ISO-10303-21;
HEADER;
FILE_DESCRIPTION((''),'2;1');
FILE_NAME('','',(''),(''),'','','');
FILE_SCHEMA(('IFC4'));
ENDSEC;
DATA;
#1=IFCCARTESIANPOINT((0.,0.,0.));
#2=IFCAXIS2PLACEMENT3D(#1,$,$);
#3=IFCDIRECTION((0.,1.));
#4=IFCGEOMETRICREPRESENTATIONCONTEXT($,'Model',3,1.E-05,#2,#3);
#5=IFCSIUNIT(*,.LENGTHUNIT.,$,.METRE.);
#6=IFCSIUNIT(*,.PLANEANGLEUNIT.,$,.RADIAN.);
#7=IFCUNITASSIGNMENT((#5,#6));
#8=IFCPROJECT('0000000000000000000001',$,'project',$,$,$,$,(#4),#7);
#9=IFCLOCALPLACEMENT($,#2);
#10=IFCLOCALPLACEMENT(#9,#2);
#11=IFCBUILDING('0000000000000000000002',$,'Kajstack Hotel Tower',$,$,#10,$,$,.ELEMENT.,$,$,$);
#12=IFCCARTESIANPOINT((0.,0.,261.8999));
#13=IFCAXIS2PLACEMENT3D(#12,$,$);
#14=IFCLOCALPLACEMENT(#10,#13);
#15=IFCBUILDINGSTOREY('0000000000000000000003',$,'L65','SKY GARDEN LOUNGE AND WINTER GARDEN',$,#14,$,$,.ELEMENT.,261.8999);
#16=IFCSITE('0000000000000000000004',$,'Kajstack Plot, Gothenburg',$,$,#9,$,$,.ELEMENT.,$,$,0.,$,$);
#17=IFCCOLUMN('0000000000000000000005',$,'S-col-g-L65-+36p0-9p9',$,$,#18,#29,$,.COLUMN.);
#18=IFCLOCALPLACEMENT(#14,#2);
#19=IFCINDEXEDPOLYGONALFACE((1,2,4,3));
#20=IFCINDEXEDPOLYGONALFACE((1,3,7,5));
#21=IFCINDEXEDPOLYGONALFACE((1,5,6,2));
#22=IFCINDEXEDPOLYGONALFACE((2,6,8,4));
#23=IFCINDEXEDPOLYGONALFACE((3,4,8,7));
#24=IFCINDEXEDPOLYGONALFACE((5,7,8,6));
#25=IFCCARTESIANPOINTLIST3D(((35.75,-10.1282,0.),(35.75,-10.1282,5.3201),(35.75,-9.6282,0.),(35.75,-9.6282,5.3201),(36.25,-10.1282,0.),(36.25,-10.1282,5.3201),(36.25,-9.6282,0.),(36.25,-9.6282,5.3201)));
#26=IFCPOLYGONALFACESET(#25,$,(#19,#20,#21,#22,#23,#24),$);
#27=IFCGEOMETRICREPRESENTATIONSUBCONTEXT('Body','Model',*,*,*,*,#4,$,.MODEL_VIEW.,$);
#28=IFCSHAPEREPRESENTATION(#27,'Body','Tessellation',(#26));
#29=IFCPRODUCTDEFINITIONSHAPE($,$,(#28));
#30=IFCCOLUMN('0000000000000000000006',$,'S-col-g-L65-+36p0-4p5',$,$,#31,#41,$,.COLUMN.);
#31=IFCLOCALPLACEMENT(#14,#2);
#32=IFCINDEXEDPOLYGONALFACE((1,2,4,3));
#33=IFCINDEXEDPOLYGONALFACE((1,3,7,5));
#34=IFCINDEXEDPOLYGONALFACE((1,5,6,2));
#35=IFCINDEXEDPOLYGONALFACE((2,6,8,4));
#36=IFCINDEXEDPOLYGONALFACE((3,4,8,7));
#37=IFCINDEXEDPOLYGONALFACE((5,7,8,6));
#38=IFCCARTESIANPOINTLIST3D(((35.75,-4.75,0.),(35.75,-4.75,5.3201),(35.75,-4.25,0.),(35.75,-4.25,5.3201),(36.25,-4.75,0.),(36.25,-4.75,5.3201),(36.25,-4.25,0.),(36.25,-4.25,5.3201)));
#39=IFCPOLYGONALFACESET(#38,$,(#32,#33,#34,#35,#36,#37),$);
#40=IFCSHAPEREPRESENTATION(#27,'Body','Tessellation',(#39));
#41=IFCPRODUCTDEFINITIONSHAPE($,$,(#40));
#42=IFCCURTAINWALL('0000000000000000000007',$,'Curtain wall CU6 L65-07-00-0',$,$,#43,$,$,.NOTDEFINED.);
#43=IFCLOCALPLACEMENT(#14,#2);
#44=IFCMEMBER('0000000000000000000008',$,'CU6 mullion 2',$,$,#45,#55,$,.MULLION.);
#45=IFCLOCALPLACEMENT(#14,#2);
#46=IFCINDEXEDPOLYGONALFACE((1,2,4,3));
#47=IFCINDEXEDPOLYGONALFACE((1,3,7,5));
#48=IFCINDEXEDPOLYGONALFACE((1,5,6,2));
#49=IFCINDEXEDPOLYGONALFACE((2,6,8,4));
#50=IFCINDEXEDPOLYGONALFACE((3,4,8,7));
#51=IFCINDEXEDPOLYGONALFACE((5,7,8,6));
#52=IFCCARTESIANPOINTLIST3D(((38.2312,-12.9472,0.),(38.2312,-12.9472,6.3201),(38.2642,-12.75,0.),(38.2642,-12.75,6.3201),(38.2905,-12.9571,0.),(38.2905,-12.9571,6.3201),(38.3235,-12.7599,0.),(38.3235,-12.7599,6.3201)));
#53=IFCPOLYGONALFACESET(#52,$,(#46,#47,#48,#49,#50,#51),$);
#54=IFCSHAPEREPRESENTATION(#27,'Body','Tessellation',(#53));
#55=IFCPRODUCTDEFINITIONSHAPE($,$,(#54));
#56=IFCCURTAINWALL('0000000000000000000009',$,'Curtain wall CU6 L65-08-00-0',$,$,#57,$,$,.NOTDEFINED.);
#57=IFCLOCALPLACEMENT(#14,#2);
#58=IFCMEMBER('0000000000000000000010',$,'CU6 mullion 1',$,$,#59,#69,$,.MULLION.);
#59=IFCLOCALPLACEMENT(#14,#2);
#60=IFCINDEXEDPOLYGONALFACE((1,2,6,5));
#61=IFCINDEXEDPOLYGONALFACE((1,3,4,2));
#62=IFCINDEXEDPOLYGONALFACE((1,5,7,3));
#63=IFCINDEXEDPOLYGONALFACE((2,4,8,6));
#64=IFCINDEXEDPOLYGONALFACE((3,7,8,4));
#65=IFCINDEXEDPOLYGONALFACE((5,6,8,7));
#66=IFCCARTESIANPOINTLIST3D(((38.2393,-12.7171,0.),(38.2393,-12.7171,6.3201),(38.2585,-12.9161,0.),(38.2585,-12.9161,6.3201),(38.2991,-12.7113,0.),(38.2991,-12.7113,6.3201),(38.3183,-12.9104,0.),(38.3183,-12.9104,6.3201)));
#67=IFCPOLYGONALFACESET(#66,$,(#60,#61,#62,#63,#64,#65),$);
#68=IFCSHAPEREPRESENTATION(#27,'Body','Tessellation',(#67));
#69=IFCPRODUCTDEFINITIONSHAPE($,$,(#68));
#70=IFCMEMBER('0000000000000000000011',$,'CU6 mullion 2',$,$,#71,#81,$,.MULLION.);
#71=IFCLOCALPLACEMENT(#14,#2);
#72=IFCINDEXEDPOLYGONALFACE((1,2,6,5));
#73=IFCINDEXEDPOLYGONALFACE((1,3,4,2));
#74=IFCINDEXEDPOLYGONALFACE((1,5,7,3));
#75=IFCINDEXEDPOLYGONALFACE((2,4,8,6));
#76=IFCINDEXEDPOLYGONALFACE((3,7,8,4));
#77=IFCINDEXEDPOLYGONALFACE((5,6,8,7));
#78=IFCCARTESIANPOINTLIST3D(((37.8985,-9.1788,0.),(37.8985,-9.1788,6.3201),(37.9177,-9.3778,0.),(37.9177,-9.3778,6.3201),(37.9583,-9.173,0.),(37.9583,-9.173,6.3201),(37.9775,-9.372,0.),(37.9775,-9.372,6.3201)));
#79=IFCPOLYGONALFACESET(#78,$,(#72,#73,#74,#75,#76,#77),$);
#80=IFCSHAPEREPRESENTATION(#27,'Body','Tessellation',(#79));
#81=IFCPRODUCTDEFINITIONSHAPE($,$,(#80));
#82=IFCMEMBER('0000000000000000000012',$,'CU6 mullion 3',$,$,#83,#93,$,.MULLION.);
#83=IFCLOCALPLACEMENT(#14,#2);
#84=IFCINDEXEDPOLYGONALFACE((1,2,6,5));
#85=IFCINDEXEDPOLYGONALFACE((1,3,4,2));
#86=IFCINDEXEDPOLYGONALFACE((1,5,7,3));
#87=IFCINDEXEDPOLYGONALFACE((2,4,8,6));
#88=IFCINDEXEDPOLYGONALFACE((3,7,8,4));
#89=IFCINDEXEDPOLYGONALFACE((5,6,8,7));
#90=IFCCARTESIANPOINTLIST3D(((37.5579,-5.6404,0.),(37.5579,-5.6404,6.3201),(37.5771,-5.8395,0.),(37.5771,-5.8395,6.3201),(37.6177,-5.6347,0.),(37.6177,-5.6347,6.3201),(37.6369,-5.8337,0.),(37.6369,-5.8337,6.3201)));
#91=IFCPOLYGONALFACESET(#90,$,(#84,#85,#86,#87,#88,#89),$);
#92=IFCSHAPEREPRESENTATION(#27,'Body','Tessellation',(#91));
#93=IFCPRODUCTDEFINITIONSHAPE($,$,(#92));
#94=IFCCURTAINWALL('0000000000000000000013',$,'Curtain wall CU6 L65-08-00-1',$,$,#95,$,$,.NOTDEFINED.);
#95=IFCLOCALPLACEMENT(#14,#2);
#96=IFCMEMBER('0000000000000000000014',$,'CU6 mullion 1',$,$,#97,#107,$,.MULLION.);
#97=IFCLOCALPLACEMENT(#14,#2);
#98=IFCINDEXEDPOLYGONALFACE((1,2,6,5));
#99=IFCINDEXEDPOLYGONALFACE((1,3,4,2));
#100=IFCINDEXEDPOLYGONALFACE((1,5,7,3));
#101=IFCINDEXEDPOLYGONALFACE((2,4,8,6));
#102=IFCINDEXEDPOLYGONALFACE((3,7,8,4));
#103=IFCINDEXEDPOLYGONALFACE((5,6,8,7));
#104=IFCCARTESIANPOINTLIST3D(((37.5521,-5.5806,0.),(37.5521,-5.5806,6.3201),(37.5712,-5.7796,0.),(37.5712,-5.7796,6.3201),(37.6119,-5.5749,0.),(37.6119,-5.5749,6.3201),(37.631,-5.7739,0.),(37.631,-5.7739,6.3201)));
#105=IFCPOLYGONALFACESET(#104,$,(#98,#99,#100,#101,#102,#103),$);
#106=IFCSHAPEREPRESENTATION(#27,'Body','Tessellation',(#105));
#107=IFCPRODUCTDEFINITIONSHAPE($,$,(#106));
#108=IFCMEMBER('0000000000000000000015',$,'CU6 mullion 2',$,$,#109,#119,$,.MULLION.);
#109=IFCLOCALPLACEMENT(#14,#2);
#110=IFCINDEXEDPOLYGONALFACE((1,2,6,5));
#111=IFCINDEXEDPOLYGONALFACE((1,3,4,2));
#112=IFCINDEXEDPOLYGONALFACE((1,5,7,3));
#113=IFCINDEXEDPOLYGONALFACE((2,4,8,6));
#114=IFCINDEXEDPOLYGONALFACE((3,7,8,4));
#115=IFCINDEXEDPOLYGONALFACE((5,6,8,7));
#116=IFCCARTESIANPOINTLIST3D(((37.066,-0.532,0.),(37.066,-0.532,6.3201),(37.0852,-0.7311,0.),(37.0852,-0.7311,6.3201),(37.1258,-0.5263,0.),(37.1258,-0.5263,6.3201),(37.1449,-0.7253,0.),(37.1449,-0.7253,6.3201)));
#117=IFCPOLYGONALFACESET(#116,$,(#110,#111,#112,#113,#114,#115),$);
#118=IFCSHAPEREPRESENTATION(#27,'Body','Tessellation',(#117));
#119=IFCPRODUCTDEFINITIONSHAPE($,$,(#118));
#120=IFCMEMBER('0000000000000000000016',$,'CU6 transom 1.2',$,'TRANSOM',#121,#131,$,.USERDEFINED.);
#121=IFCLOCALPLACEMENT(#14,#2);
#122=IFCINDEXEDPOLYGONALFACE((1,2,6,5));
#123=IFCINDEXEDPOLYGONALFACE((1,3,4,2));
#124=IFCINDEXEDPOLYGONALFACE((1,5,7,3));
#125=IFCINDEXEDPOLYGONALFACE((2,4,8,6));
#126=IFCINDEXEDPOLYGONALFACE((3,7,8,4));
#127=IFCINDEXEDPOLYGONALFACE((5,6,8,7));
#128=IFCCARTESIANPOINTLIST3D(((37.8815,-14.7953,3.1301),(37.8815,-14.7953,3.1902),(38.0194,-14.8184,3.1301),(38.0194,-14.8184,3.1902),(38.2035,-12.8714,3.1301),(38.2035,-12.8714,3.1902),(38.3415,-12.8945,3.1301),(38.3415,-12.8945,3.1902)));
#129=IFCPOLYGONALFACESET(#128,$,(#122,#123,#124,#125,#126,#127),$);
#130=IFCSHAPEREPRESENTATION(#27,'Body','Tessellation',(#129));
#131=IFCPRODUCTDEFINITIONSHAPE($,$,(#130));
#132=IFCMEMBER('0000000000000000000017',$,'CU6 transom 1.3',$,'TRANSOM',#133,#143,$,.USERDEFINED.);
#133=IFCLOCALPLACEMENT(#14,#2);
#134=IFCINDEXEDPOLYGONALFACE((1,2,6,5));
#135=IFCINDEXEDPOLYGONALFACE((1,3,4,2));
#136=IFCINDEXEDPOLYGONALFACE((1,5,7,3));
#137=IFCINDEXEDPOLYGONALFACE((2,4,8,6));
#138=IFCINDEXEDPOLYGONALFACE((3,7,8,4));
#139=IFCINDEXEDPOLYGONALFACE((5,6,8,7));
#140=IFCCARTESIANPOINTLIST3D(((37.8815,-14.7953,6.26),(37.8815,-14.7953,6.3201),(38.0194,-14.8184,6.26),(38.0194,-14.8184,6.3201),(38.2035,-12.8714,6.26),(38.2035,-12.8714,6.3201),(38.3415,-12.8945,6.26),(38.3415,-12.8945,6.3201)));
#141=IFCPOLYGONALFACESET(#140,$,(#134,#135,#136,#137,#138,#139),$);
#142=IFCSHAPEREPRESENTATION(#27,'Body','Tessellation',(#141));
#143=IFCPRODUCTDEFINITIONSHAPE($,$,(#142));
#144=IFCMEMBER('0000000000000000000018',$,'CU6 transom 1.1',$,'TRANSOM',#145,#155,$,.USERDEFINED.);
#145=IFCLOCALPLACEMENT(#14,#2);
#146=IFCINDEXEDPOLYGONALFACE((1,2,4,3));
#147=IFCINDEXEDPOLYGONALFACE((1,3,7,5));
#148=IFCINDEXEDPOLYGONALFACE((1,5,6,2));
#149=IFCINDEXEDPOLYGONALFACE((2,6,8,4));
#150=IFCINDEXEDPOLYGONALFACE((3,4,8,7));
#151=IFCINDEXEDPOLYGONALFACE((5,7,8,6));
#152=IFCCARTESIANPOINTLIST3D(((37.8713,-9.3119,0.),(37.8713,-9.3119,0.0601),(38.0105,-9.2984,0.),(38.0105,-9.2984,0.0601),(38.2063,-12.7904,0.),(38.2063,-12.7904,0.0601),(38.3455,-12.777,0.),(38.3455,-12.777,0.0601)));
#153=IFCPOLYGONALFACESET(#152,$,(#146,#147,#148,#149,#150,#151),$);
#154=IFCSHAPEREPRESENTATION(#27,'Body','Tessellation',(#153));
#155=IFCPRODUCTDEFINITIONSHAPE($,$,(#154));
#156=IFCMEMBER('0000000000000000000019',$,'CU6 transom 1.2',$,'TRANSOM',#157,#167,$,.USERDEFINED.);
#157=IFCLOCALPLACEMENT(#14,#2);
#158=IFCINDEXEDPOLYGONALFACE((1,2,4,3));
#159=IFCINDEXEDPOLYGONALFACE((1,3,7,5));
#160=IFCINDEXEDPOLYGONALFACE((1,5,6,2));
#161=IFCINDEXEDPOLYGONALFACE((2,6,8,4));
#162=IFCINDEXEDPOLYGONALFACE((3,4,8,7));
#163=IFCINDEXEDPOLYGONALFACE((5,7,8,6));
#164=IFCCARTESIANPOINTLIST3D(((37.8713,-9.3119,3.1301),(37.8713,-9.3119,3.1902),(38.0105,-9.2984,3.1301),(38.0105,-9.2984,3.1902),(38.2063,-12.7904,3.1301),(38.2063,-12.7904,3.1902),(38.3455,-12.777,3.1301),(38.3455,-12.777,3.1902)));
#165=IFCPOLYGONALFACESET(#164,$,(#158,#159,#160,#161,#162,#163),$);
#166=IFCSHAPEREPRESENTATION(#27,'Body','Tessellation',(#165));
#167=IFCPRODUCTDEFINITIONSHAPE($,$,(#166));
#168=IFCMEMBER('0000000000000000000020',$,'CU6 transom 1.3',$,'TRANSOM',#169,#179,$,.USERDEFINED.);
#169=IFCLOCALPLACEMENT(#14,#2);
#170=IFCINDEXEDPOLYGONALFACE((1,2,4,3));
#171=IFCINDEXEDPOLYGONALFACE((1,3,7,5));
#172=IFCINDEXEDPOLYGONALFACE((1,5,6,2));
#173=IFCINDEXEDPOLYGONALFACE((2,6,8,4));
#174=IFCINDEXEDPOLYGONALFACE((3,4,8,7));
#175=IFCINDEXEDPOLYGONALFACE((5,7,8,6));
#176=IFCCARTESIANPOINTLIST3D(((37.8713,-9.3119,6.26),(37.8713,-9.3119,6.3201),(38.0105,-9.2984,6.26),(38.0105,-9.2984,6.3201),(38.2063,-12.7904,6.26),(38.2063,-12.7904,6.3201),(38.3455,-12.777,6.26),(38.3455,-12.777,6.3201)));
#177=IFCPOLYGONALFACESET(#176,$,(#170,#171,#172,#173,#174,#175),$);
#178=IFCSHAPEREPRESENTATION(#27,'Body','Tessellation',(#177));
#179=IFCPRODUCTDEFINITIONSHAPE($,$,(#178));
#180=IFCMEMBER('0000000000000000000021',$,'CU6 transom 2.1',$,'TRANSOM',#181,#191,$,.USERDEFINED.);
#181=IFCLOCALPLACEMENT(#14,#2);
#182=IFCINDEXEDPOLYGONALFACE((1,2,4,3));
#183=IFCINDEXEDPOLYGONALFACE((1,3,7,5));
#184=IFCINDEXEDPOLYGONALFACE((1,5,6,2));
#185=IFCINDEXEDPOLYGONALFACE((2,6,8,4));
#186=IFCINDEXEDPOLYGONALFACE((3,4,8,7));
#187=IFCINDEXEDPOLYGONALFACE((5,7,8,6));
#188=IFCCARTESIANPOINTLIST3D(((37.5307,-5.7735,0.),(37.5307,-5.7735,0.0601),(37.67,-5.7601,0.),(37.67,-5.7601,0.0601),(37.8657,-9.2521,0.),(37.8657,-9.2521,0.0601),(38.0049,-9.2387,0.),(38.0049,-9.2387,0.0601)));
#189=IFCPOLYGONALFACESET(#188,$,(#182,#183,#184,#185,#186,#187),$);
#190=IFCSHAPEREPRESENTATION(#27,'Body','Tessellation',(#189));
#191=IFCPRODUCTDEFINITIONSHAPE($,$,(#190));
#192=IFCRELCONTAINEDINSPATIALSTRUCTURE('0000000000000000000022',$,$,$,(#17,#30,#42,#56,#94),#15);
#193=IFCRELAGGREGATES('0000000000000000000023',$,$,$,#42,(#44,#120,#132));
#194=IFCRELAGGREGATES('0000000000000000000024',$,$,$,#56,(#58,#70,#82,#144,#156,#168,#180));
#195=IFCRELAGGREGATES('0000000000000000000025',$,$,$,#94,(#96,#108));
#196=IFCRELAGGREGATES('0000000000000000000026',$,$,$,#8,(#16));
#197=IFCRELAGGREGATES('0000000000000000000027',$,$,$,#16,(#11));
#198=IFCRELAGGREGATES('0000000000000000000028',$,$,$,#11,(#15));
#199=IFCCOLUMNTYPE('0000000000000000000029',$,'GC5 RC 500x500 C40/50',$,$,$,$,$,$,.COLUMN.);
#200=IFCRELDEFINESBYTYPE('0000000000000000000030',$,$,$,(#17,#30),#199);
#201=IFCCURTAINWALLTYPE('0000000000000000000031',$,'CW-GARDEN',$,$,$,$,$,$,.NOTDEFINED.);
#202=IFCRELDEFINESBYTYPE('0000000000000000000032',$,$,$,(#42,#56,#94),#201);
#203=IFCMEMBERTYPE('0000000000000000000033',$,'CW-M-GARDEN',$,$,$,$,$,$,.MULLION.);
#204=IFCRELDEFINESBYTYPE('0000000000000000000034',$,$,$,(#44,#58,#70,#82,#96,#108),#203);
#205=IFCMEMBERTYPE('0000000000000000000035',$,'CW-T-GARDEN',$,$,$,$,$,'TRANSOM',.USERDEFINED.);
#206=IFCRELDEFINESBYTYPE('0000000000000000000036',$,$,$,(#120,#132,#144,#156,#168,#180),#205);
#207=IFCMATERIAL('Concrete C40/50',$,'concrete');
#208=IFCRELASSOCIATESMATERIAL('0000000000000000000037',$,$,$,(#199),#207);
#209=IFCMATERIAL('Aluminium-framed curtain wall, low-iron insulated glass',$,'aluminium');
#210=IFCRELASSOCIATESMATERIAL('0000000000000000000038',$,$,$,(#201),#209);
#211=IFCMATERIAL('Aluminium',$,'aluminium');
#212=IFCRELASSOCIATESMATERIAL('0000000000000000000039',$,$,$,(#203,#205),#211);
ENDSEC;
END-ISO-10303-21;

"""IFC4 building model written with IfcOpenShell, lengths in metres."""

from ifc_helpers import new_model, si_unit, direction, frame, origin, origin_2d, place, context, subcontext, project, spatial, rectangle, extrude, material, material_profile, profile_set, type_object, element, aggregate, save


model = new_model("IFC4")

# Units and contexts
model_context = context("Model", 3, precision=1e-05, world=origin(), true_north=direction((0.0, 1.0)))
body_context = subcontext(model_context, "Body", "Model", "MODEL_VIEW")
ifc_project = project(units=[si_unit("LENGTHUNIT", "METRE"), si_unit("PLANEANGLEUNIT", "RADIAN")], contexts=[model_context])

# Site, building, storey
site_placement = place(None, origin())
site = spatial("IfcSite", under=ifc_project, at=site_placement, Name="Kajstack Plot, Gothenburg", CompositionType="ELEMENT", RefElevation=0.0)
building_placement = place(site_placement, origin())
building = spatial("IfcBuilding", under=site, at=building_placement, Name="Kajstack Hotel Tower", CompositionType="ELEMENT")
storey_placement = place(building_placement, frame((0.0, 0.0, 261.8999)))
storey = spatial("IfcBuildingStorey", under=building, at=storey_placement, Name="L65", Description="SKY GARDEN LOUNGE AND WINTER GARDEN", CompositionType="ELEMENT", Elevation=261.8999)

# Columns
ifc_material_1 = material(Name="Concrete C40/50", Category="concrete")
ifc_material_profile_1 = material_profile(ifc_material_1, rectangle(XDim=0.5, YDim=0.5, at=origin_2d()), Name="RC 500x500")
ifc_profile_set_1 = profile_set([ifc_material_profile_1], Name="Concrete C40/50")
column_type = type_object("IfcColumnType", Name="GC5 RC 500x500 C40/50", PredefinedType="COLUMN", material=ifc_profile_set_1)
for number, where, z_axis, x_axis, name in (
    (1, (36.0, -9.8782, 0.0), (0.0, 0.0, 1.0), (1.0, 0.0, 0.0), "S-col-g-L65-+36p0-9p9"),
    (2, (36.0, -4.5, 0.0), (0.0, 0.0, 1.0), (1.0, 0.0, 0.0), "S-col-g-L65-+36p0-4p5"),
):
    element("IfcColumn", number, at=place(storey_placement, frame(where, z_axis=z_axis, x_axis=x_axis)), inside=storey, type_object=column_type, Name=name, PredefinedType="COLUMN", context=body_context, shape_type="SweptSolid", body=[
        extrude(rectangle(XDim=0.5, YDim=0.5, at=origin_2d()), origin(), (0.0, 0.0, 1.0), 5.3201),
    ])

# Curtain wall, member
ifc_material_2 = material(Name="Aluminium-framed curtain wall, low-iron insulated glass", Category="aluminium")
curtain_wall_type = type_object("IfcCurtainWallType", Name="CW-GARDEN", PredefinedType="NOTDEFINED", material=ifc_material_2)
curtain_wall_1_placement = place(storey_placement, origin())
curtain_wall_1 = element("IfcCurtainWall", 3, at=curtain_wall_1_placement, inside=storey, type_object=curtain_wall_type, Name="Curtain wall CU6 L65-07-00-0", PredefinedType="NOTDEFINED")
ifc_material_3 = material(Name="Aluminium", Category="aluminium")
ifc_material_profile_2 = material_profile(ifc_material_3, rectangle(XDim=0.0601, YDim=0.2, at=origin_2d()), Name="Aluminium mullion 60 x 200")
ifc_profile_set_2 = profile_set([ifc_material_profile_2], Name="Aluminium")
member_type_1 = type_object("IfcMemberType", Name="CW-M-GARDEN", PredefinedType="MULLION", material=ifc_profile_set_2)
member_1_placement = place(storey_placement, frame((38.2773, -12.8535, 0.0), z_axis=(0.0, 0.0, 1.0), x_axis=(-0.98628, 0.16508, 0.0)))
member_1 = element("IfcMember", 4, at=member_1_placement, type_object=member_type_1, Name="CU6 mullion 2", PredefinedType="MULLION", context=body_context, shape_type="SweptSolid", body=[
    extrude(rectangle(XDim=0.0601, YDim=0.2, at=origin_2d()), origin(), (0.0, 0.0, 1.0), 6.3201),
])

# Curtain walls, members
curtain_wall_2_placement = place(storey_placement, origin())
curtain_wall_2 = element("IfcCurtainWall", 5, at=curtain_wall_2_placement, inside=storey, type_object=curtain_wall_type, Name="Curtain wall CU6 L65-08-00-0", PredefinedType="NOTDEFINED")
member_2_placement = place(storey_placement, frame((38.2788, -12.8137, 0.0), z_axis=(0.0, 0.0, 1.0), x_axis=(-0.995396, -0.095847, 0.0)))
member_2 = element("IfcMember", 6, at=member_2_placement, type_object=member_type_1, Name="CU6 mullion 1", PredefinedType="MULLION", context=body_context, shape_type="SweptSolid", body=[
    extrude(rectangle(XDim=0.0601, YDim=0.2, at=origin_2d()), origin(), (0.0, 0.0, 1.0), 6.3201),
])
member_3_placement = place(storey_placement, frame((37.938, -9.2754, 0.0), z_axis=(0.0, 0.0, 1.0), x_axis=(-0.995396, -0.095847, 0.0)))
member_3 = element("IfcMember", 7, at=member_3_placement, type_object=member_type_1, Name="CU6 mullion 2", PredefinedType="MULLION", context=body_context, shape_type="SweptSolid", body=[
    extrude(rectangle(XDim=0.0601, YDim=0.2, at=origin_2d()), origin(), (0.0, 0.0, 1.0), 6.3201),
])
member_4_placement = place(storey_placement, frame((37.5974, -5.7371, 0.0), z_axis=(0.0, 0.0, 1.0), x_axis=(-0.995396, -0.095847, 0.0)))
member_4 = element("IfcMember", 8, at=member_4_placement, type_object=member_type_1, Name="CU6 mullion 3", PredefinedType="MULLION", context=body_context, shape_type="SweptSolid", body=[
    extrude(rectangle(XDim=0.0601, YDim=0.2, at=origin_2d()), origin(), (0.0, 0.0, 1.0), 6.3201),
])
curtain_wall_3_placement = place(storey_placement, origin())
curtain_wall_3 = element("IfcCurtainWall", 9, at=curtain_wall_3_placement, inside=storey, type_object=curtain_wall_type, Name="Curtain wall CU6 L65-08-00-1", PredefinedType="NOTDEFINED")
member_5_placement = place(storey_placement, frame((37.5916, -5.6772, 0.0), z_axis=(0.0, 0.0, 1.0), x_axis=(-0.995396, -0.095847, 0.0)))
member_5 = element("IfcMember", 10, at=member_5_placement, type_object=member_type_1, Name="CU6 mullion 1", PredefinedType="MULLION", context=body_context, shape_type="SweptSolid", body=[
    extrude(rectangle(XDim=0.0601, YDim=0.2, at=origin_2d()), origin(), (0.0, 0.0, 1.0), 6.3201),
])
member_6_placement = place(storey_placement, frame((37.1055, -0.6287, 0.0), z_axis=(0.0, 0.0, 1.0), x_axis=(-0.995396, -0.095847, 0.0)))
member_6 = element("IfcMember", 11, at=member_6_placement, type_object=member_type_1, Name="CU6 mullion 2", PredefinedType="MULLION", context=body_context, shape_type="SweptSolid", body=[
    extrude(rectangle(XDim=0.0601, YDim=0.2, at=origin_2d()), origin(), (0.0, 0.0, 1.0), 6.3201),
])

# Members
ifc_material_profile_3 = material_profile(ifc_material_3, rectangle(XDim=0.1399, YDim=0.0601, at=origin_2d()), Name="Aluminium transom 140 x 60")
ifc_profile_set_3 = profile_set([ifc_material_profile_3], Name="Aluminium")
member_type_2 = type_object("IfcMemberType", Name="CW-T-GARDEN", ElementType="TRANSOM", PredefinedType="USERDEFINED", material=ifc_profile_set_3)
member_7_placement = place(storey_placement, frame((37.9504, -14.8069, 3.1602), z_axis=(0.165089, 0.986279, 0.0), x_axis=(-0.986279, 0.165089, 0.0)))
member_7 = element("IfcMember", 12, at=member_7_placement, type_object=member_type_2, Name="CU6 transom 1.2", ObjectType="TRANSOM", PredefinedType="USERDEFINED", context=body_context, shape_type="SweptSolid", body=[
    extrude(rectangle(XDim=0.1399, YDim=0.0601, at=origin_2d()), origin(), (0.0, 0.0, 1.0), 1.9507),
])
member_8_placement = place(storey_placement, frame((37.9504, -14.8069, 6.29), z_axis=(0.165089, 0.986279, 0.0), x_axis=(-0.986279, 0.165089, 0.0)))
member_8 = element("IfcMember", 13, at=member_8_placement, type_object=member_type_2, Name="CU6 transom 1.3", ObjectType="TRANSOM", PredefinedType="USERDEFINED", context=body_context, shape_type="SweptSolid", body=[
    extrude(rectangle(XDim=0.1399, YDim=0.0601, at=origin_2d()), origin(), (0.0, 0.0, 1.0), 1.9507),
])
member_9_placement = place(storey_placement, frame((38.2759, -12.7837, 0.03), z_axis=(-0.095851, 0.995396, 0.0), x_axis=(-0.995396, -0.095851, 0.0)))
member_9 = element("IfcMember", 14, at=member_9_placement, type_object=member_type_2, Name="CU6 transom 1.1", ObjectType="TRANSOM", PredefinedType="USERDEFINED", context=body_context, shape_type="SweptSolid", body=[
    extrude(rectangle(XDim=0.1399, YDim=0.0601, at=origin_2d()), origin(), (0.0, 0.0, 1.0), 3.4946),
])
member_10_placement = place(storey_placement, frame((38.2759, -12.7837, 3.1602), z_axis=(-0.095851, 0.995396, 0.0), x_axis=(-0.995396, -0.095851, 0.0)))
member_10 = element("IfcMember", 15, at=member_10_placement, type_object=member_type_2, Name="CU6 transom 1.2", ObjectType="TRANSOM", PredefinedType="USERDEFINED", context=body_context, shape_type="SweptSolid", body=[
    extrude(rectangle(XDim=0.1399, YDim=0.0601, at=origin_2d()), origin(), (0.0, 0.0, 1.0), 3.4946),
])
member_11_placement = place(storey_placement, frame((38.2759, -12.7837, 6.29), z_axis=(-0.095851, 0.995396, 0.0), x_axis=(-0.995396, -0.095851, 0.0)))
member_11 = element("IfcMember", 16, at=member_11_placement, type_object=member_type_2, Name="CU6 transom 1.3", ObjectType="TRANSOM", PredefinedType="USERDEFINED", context=body_context, shape_type="SweptSolid", body=[
    extrude(rectangle(XDim=0.1399, YDim=0.0601, at=origin_2d()), origin(), (0.0, 0.0, 1.0), 3.4946),
])
member_12_placement = place(storey_placement, frame((37.9353, -9.2454, 0.03), z_axis=(-0.095851, 0.995396, 0.0), x_axis=(-0.995396, -0.095851, 0.0)))
member_12 = element("IfcMember", 17, at=member_12_placement, type_object=member_type_2, Name="CU6 transom 2.1", ObjectType="TRANSOM", PredefinedType="USERDEFINED", context=body_context, shape_type="SweptSolid", body=[
    extrude(rectangle(XDim=0.1399, YDim=0.0601, at=origin_2d()), origin(), (0.0, 0.0, 1.0), 3.4946),
])

aggregate(curtain_wall_1, [member_1, member_7, member_8])
aggregate(curtain_wall_2, [member_2, member_3, member_4, member_9, member_10, member_11, member_12])
aggregate(curtain_wall_3, [member_5, member_6])

save(model, "model.ifc")
